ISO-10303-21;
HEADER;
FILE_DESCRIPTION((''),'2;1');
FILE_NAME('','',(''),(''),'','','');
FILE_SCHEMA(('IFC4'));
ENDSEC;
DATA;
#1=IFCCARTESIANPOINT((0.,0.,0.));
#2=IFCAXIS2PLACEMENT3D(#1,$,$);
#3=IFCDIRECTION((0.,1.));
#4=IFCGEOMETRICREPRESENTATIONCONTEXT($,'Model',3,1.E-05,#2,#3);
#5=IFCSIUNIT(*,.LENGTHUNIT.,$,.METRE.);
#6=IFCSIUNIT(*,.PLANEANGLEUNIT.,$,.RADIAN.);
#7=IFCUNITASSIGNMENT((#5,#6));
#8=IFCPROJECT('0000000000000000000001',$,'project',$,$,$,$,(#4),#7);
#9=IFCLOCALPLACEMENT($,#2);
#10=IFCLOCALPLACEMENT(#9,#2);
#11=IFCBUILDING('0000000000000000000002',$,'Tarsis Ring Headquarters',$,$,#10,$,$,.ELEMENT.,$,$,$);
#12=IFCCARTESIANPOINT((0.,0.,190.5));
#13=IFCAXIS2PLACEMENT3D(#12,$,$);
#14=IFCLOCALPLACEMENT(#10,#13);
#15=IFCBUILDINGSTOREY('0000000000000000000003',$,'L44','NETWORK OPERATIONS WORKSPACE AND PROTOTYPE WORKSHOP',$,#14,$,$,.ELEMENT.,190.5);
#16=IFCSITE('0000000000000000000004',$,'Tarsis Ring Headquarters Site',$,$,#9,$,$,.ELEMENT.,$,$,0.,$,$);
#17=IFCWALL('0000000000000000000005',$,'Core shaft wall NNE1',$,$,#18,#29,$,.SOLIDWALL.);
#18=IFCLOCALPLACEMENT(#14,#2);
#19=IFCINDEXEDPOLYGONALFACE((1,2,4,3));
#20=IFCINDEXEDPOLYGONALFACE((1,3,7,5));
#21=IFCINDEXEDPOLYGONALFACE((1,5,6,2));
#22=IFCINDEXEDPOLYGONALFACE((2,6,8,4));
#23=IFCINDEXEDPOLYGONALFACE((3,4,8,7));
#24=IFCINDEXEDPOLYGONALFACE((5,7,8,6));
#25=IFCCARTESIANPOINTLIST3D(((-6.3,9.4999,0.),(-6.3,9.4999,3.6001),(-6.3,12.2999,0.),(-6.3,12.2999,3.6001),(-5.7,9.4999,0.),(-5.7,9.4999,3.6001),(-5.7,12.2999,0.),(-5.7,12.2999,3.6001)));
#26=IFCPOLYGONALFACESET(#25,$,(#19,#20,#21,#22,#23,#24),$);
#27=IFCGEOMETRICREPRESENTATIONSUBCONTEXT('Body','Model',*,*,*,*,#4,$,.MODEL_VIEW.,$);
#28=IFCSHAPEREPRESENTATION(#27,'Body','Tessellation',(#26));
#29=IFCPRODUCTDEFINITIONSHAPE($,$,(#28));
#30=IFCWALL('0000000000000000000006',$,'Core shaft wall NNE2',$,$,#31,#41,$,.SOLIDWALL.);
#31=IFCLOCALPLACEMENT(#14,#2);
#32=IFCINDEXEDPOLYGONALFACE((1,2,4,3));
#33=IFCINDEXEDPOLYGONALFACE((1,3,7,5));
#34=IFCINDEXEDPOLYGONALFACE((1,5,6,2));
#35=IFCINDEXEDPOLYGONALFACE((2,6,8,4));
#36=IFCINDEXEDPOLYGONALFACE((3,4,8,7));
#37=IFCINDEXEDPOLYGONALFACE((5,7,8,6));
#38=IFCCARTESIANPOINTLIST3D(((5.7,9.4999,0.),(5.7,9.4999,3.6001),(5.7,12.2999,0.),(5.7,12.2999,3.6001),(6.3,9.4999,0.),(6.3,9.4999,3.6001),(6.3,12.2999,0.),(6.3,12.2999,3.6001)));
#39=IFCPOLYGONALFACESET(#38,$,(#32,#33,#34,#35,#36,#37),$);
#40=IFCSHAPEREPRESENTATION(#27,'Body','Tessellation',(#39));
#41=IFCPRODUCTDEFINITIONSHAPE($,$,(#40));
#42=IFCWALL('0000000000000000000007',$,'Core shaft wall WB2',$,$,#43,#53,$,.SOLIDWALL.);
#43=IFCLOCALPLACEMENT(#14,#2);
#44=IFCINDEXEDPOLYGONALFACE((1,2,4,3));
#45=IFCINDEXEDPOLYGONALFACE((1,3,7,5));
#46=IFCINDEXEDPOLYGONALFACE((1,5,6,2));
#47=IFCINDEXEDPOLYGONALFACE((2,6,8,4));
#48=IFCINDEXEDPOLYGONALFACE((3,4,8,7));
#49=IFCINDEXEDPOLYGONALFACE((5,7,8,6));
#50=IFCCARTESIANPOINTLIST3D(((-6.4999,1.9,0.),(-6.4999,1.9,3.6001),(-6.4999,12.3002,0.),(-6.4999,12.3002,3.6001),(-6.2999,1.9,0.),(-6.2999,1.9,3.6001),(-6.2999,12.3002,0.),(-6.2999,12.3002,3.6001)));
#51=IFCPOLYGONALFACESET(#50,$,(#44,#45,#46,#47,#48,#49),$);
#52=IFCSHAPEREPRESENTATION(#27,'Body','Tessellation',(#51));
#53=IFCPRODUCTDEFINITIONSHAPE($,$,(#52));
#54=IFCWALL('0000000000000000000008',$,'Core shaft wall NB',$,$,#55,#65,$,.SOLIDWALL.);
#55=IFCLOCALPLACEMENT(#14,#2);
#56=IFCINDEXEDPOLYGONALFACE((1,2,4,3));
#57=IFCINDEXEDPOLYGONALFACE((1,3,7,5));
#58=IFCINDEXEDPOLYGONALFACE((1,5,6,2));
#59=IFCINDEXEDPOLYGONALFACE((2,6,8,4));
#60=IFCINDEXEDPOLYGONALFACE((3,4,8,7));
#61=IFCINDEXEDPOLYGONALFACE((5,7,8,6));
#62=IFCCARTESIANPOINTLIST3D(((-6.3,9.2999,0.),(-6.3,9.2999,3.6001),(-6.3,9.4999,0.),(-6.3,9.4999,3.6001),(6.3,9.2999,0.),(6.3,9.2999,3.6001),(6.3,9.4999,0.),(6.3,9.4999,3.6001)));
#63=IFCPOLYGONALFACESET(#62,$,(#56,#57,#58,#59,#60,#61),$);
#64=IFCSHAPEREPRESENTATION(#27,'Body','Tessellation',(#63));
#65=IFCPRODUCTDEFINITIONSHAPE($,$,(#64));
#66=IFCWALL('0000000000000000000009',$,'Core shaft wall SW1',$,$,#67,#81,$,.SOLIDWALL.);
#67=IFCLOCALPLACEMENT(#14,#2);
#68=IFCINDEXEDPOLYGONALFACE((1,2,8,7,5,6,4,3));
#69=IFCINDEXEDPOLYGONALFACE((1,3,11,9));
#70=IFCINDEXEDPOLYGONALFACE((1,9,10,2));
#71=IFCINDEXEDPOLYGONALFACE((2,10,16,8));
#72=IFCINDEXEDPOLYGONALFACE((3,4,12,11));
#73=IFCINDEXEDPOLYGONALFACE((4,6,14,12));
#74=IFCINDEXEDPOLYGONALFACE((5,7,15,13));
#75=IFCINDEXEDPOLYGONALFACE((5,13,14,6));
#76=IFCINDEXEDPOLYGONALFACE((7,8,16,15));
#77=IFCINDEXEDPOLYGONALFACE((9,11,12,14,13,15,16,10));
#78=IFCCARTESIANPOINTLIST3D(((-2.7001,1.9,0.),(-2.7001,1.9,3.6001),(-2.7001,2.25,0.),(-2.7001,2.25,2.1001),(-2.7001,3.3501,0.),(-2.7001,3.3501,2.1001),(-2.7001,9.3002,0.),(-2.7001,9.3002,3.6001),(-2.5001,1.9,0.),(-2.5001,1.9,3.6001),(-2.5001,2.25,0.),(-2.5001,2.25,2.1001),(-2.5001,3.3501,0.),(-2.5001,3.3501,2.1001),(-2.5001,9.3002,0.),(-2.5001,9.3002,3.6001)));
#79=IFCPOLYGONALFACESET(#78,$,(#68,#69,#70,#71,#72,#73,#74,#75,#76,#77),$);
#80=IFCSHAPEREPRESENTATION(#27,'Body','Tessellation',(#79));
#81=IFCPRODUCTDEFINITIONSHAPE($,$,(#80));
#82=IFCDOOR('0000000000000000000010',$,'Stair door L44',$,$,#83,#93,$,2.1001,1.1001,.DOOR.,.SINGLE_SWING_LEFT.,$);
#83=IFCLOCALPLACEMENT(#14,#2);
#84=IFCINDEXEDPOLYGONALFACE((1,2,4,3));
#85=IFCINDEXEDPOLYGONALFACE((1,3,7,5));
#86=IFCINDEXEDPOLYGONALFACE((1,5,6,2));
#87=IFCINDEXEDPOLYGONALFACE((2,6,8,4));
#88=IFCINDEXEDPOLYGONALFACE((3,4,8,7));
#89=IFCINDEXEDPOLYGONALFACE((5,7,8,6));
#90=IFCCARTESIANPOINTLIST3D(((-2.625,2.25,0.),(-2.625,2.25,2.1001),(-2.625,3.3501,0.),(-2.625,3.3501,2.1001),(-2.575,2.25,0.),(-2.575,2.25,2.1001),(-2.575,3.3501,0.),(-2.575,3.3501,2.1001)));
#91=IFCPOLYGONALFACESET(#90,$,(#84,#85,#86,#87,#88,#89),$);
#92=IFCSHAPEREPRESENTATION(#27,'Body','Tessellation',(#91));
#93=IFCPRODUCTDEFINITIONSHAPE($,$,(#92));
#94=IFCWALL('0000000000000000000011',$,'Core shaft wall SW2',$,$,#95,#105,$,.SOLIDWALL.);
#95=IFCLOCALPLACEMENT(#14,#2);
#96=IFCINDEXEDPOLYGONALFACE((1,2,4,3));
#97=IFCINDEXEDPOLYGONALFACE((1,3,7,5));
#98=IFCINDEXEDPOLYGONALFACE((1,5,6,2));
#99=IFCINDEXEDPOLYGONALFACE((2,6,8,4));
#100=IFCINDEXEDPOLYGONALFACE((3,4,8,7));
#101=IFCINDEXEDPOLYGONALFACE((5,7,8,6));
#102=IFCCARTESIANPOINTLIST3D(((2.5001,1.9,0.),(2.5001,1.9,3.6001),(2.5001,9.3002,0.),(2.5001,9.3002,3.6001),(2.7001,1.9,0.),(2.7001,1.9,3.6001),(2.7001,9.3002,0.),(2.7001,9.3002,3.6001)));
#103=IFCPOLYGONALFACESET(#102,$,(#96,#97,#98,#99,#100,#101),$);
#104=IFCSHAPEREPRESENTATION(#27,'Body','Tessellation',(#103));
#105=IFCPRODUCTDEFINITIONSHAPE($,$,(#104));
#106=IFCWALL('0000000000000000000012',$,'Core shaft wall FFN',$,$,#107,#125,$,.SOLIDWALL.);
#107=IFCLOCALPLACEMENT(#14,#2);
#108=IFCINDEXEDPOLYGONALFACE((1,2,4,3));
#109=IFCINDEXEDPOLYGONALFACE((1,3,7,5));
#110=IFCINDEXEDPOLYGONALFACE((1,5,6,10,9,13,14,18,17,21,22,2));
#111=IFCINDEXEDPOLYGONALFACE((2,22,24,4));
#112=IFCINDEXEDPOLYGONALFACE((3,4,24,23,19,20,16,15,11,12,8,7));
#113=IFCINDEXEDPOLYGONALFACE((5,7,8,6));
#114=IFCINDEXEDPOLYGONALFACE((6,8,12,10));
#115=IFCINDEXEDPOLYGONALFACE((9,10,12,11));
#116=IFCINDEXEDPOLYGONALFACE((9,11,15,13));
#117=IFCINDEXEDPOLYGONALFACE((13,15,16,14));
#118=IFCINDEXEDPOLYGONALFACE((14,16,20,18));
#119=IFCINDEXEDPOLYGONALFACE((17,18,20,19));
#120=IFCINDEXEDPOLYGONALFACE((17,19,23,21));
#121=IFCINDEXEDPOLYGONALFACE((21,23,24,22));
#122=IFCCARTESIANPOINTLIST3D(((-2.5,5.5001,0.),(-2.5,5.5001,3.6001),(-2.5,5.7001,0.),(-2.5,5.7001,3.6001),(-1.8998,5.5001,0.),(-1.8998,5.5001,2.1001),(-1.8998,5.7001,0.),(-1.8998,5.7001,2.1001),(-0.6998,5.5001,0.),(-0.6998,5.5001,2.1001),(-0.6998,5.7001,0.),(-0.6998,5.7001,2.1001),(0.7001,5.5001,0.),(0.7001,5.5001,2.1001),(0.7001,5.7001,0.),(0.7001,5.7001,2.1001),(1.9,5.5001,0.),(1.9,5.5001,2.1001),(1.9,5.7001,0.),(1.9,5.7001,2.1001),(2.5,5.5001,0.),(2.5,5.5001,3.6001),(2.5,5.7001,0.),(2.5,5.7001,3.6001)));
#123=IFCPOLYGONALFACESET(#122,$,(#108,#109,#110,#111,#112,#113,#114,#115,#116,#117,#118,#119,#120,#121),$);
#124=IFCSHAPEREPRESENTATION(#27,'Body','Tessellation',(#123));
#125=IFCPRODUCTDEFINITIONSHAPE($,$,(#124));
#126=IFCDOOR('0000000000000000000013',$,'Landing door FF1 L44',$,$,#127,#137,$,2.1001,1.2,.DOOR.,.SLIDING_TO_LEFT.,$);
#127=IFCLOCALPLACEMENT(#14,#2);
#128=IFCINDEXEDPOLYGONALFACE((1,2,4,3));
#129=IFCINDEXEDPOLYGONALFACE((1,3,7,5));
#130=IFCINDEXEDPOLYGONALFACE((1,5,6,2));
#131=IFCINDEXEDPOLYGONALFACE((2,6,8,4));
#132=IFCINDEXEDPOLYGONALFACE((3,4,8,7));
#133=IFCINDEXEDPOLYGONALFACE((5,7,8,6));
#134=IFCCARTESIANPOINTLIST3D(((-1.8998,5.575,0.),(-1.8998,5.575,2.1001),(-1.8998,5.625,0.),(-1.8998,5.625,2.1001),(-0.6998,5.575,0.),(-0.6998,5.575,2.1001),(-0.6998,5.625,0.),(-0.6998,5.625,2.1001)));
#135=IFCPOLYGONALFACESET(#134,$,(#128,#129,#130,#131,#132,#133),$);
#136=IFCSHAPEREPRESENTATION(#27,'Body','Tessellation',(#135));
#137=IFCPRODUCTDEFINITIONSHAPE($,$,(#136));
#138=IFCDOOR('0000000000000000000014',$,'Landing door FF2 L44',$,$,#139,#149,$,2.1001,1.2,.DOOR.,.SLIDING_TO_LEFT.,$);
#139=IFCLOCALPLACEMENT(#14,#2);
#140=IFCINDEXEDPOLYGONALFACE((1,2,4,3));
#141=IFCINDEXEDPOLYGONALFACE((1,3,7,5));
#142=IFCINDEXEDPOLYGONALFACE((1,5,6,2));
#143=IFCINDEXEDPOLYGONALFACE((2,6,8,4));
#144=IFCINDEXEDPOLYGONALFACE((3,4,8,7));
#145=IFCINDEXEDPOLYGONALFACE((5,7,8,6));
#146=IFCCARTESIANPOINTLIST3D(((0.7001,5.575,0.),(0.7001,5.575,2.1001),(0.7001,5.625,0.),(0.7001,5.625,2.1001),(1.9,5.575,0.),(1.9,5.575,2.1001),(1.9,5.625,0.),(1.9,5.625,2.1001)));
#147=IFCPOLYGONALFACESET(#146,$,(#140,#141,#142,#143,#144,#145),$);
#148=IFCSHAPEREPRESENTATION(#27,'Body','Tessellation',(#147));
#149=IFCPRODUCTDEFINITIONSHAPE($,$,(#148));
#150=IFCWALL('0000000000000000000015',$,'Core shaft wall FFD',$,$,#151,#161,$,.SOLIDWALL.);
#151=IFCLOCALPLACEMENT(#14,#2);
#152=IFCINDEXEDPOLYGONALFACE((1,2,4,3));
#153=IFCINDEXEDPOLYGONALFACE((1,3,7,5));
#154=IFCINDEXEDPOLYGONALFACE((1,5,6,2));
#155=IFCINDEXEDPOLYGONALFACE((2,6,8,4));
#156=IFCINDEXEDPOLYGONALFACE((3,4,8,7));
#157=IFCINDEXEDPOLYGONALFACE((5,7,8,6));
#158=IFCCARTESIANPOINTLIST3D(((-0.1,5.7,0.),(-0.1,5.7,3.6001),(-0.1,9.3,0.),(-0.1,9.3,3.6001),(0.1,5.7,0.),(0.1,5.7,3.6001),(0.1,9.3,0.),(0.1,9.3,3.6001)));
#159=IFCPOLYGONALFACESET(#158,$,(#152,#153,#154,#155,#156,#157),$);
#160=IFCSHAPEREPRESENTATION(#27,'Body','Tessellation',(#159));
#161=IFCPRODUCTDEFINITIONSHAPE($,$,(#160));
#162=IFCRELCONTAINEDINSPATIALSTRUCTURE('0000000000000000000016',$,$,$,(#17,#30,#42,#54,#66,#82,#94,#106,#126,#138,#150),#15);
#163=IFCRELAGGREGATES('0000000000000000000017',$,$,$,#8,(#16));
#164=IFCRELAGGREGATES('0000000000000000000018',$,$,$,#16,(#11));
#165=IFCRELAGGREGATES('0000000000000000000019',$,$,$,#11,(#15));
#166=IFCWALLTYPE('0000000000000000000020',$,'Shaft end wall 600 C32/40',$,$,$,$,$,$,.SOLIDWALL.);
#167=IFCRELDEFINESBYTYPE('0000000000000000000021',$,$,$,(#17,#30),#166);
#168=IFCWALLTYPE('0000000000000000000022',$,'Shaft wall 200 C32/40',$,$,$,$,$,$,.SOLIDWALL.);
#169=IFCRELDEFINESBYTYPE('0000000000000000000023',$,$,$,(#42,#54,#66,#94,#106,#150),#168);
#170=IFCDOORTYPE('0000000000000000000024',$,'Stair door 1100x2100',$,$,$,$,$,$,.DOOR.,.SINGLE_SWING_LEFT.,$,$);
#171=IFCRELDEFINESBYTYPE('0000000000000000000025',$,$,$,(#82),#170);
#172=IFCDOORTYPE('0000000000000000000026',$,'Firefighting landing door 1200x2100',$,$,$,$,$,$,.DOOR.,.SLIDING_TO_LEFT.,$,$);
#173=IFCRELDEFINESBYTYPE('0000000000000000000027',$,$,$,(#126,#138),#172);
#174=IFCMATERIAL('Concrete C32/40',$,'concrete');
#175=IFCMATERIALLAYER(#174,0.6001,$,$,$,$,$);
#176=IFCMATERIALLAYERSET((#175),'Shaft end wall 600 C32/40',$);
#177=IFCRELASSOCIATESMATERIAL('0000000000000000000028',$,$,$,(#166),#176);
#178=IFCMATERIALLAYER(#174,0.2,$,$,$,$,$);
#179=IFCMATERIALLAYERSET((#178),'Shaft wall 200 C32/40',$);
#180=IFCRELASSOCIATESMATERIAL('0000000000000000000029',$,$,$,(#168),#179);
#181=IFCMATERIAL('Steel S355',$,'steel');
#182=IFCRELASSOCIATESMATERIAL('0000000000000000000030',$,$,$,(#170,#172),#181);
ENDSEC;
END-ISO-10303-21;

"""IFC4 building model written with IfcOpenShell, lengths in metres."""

from ifc_helpers import new_model, si_unit, direction, frame, frame_2d, origin, place, context, subcontext, project, spatial, rectangle, extrude, material, layer, layer_set, type_object, element, fill, save


model = new_model("IFC4")

# Units and contexts
model_context = context("Model", 3, precision=1e-05, world=origin(), true_north=direction((0.0, 1.0)))
body_context = subcontext(model_context, "Body", "Model", "MODEL_VIEW")
ifc_project = project(units=[si_unit("LENGTHUNIT", "METRE"), si_unit("PLANEANGLEUNIT", "RADIAN")], contexts=[model_context])

# Site, building, storey
site_placement = place(None, origin())
site = spatial("IfcSite", under=ifc_project, at=site_placement, Name="Tarsis Ring Headquarters Site", CompositionType="ELEMENT", RefElevation=0.0)
building_placement = place(site_placement, origin())
building = spatial("IfcBuilding", under=site, at=building_placement, Name="Tarsis Ring Headquarters", CompositionType="ELEMENT")
storey_placement = place(building_placement, frame((0.0, 0.0, 190.5)))
storey = spatial("IfcBuildingStorey", under=building, at=storey_placement, Name="L44", Description="NETWORK OPERATIONS WORKSPACE AND PROTOTYPE WORKSHOP", CompositionType="ELEMENT", Elevation=190.5)

# Walls
ifc_material_1 = material(Name="Concrete C32/40", Category="concrete")
ifc_layer_1 = layer(ifc_material_1, 0.6001)
ifc_layer_set_1 = layer_set([ifc_layer_1], Name="Shaft end wall 600 C32/40")
wall_type_1 = type_object("IfcWallType", Name="Shaft end wall 600 C32/40", PredefinedType="SOLIDWALL", material=ifc_layer_set_1)
for number, where, z_axis, x_axis, name in (
    (1, (-6.0, 9.5, 0.0), (0.0, 0.0, 1.0), (0.0, 1.0, 0.0), "Core shaft wall NNE1"),
    (2, (6.0, 9.5, 0.0), (0.0, 0.0, 1.0), (0.0, 1.0, 0.0), "Core shaft wall NNE2"),
):
    element("IfcWall", number, at=place(storey_placement, frame(where, z_axis=z_axis, x_axis=x_axis)), inside=storey, type_object=wall_type_1, Name=name, PredefinedType="SOLIDWALL", context=body_context, shape_type="SweptSolid", body=[
        extrude(rectangle(XDim=2.8, YDim=0.6001, at=frame_2d((1.3999, 0.0))), origin(), (0.0, 0.0, 1.0), 3.6001),
    ])
ifc_layer_2 = layer(ifc_material_1, 0.2)
ifc_layer_set_2 = layer_set([ifc_layer_2], Name="Shaft wall 200 C32/40")
wall_type_2 = type_object("IfcWallType", Name="Shaft wall 200 C32/40", PredefinedType="SOLIDWALL", material=ifc_layer_set_2)
wall_1_placement = place(storey_placement, frame((-6.3999, 1.8999, 0.0), z_axis=(0.0, 0.0, 1.0), x_axis=(0.0, 1.0, 0.0)))
element("IfcWall", 3, at=wall_1_placement, inside=storey, type_object=wall_type_2, Name="Core shaft wall WB2", PredefinedType="SOLIDWALL", context=body_context, shape_type="SweptSolid", body=[
    extrude(rectangle(XDim=10.4001, YDim=0.2, at=frame_2d((5.2002, 0.0))), origin(), (0.0, 0.0, 1.0), 3.6001),
])
wall_2_placement = place(storey_placement, frame((-6.3, 9.3999, 0.0), z_axis=(0.0, 0.0, 1.0), x_axis=(1.0, 0.0, 0.0)))
element("IfcWall", 4, at=wall_2_placement, inside=storey, type_object=wall_type_2, Name="Core shaft wall NB", PredefinedType="SOLIDWALL", context=body_context, shape_type="SweptSolid", body=[
    extrude(rectangle(XDim=12.6001, YDim=0.2, at=frame_2d((6.3, 0.0))), origin(), (0.0, 0.0, 1.0), 3.6001),
])

# Wall, opening, door
wall_3_placement = place(storey_placement, frame((-2.6001, 1.8999, 0.0), z_axis=(0.0, 0.0, 1.0), x_axis=(0.0, 1.0, 0.0)))
wall_3 = element("IfcWall", 5, at=wall_3_placement, inside=storey, type_object=wall_type_2, Name="Core shaft wall SW1", PredefinedType="SOLIDWALL", context=body_context, shape_type="SweptSolid", body=[
    extrude(rectangle(XDim=7.4001, YDim=0.2, at=frame_2d((3.7002, 0.0))), origin(), (0.0, 0.0, 1.0), 3.6001),
])
opening_1_placement = place(wall_3_placement, frame((0.3501, 0.0, 0.0)))
opening_1 = element("IfcOpeningElement", 6, at=opening_1_placement, cuts=wall_3, PredefinedType="OPENING", context=body_context, shape_type="SweptSolid", body=[
    extrude(rectangle(XDim=1.1001, YDim=2.1001, at=frame_2d((0.55, 1.05))), frame((0.0, 0.1099, 0.0), z_axis=(0.0, -1.0, 0.0), x_axis=(1.0, 0.0, 0.0)), (0.0, 0.0, 1.0), 0.22),
])
ifc_material_2 = material(Name="Steel S355", Category="steel")
door_type_1 = type_object("IfcDoorType", Name="Stair door 1100x2100", OperationType="SINGLE_SWING_LEFT", PredefinedType="DOOR", material=ifc_material_2)
door_1_placement = place(opening_1_placement, origin())
door_1 = element("IfcDoor", 7, at=door_1_placement, inside=storey, type_object=door_type_1, Name="Stair door L44", OperationType="SINGLE_SWING_LEFT", OverallHeight=2.1001, OverallWidth=1.1001, PredefinedType="DOOR", context=body_context, shape_type="SweptSolid", body=[
    extrude(rectangle(XDim=1.1001, YDim=2.1001, at=frame_2d((0.55, 1.05))), frame((0.0, 0.0249, 0.0), z_axis=(0.0, -1.0, 0.0), x_axis=(1.0, 0.0, 0.0)), (0.0, 0.0, 1.0), 0.05),
])
fill(opening_1, door_1)

# Wall
wall_4_placement = place(storey_placement, frame((2.6001, 1.8999, 0.0), z_axis=(0.0, 0.0, 1.0), x_axis=(0.0, 1.0, 0.0)))
element("IfcWall", 8, at=wall_4_placement, inside=storey, type_object=wall_type_2, Name="Core shaft wall SW2", PredefinedType="SOLIDWALL", context=body_context, shape_type="SweptSolid", body=[
    extrude(rectangle(XDim=7.4001, YDim=0.2, at=frame_2d((3.7002, 0.0))), origin(), (0.0, 0.0, 1.0), 3.6001),
])

# Wall, openings, doors
wall_5_placement = place(storey_placement, frame((-2.5, 5.6001, 0.0), z_axis=(0.0, 0.0, 1.0), x_axis=(1.0, 0.0, 0.0)))
wall_5 = element("IfcWall", 9, at=wall_5_placement, inside=storey, type_object=wall_type_2, Name="Core shaft wall FFN", PredefinedType="SOLIDWALL", context=body_context, shape_type="SweptSolid", body=[
    extrude(rectangle(XDim=5.0, YDim=0.2, at=frame_2d((2.5, 0.0))), origin(), (0.0, 0.0, 1.0), 3.6001),
])
opening_2_placement = place(wall_5_placement, frame((0.6001, 0.0, 0.0)))
opening_2 = element("IfcOpeningElement", 10, at=opening_2_placement, cuts=wall_5, PredefinedType="OPENING", context=body_context, shape_type="SweptSolid", body=[
    extrude(rectangle(XDim=1.2, YDim=2.1001, at=frame_2d((0.6001, 1.05))), frame((0.0, 0.1099, 0.0), z_axis=(0.0, -1.0, 0.0), x_axis=(1.0, 0.0, 0.0)), (0.0, 0.0, 1.0), 0.22),
])
opening_3_placement = place(wall_5_placement, frame((3.2, 0.0, 0.0)))
opening_3 = element("IfcOpeningElement", 11, at=opening_3_placement, cuts=wall_5, PredefinedType="OPENING", context=body_context, shape_type="SweptSolid", body=[
    extrude(rectangle(XDim=1.2, YDim=2.1001, at=frame_2d((0.6001, 1.05))), frame((0.0, 0.1099, 0.0), z_axis=(0.0, -1.0, 0.0), x_axis=(1.0, 0.0, 0.0)), (0.0, 0.0, 1.0), 0.22),
])
door_type_2 = type_object("IfcDoorType", Name="Firefighting landing door 1200x2100", OperationType="SLIDING_TO_LEFT", PredefinedType="DOOR", material=ifc_material_2)
door_2_placement = place(opening_2_placement, origin())
door_2 = element("IfcDoor", 12, at=door_2_placement, inside=storey, type_object=door_type_2, Name="Landing door FF1 L44", OperationType="SLIDING_TO_LEFT", OverallHeight=2.1001, OverallWidth=1.2, PredefinedType="DOOR", context=body_context, shape_type="SweptSolid", body=[
    extrude(rectangle(XDim=1.2, YDim=2.1001, at=frame_2d((0.6001, 1.05))), frame((0.0, 0.0249, 0.0), z_axis=(0.0, -1.0, 0.0), x_axis=(1.0, 0.0, 0.0)), (0.0, 0.0, 1.0), 0.05),
])
fill(opening_2, door_2)
door_3_placement = place(opening_3_placement, origin())
door_3 = element("IfcDoor", 13, at=door_3_placement, inside=storey, type_object=door_type_2, Name="Landing door FF2 L44", OperationType="SLIDING_TO_LEFT", OverallHeight=2.1001, OverallWidth=1.2, PredefinedType="DOOR", context=body_context, shape_type="SweptSolid", body=[
    extrude(rectangle(XDim=1.2, YDim=2.1001, at=frame_2d((0.6001, 1.05))), frame((0.0, 0.0249, 0.0), z_axis=(0.0, -1.0, 0.0), x_axis=(1.0, 0.0, 0.0)), (0.0, 0.0, 1.0), 0.05),
])
fill(opening_3, door_3)

# Wall
wall_6_placement = place(storey_placement, frame((0.0, 5.7, 0.0), z_axis=(0.0, 0.0, 1.0), x_axis=(0.0, 1.0, 0.0)))
element("IfcWall", 14, at=wall_6_placement, inside=storey, type_object=wall_type_2, Name="Core shaft wall FFD", PredefinedType="SOLIDWALL", context=body_context, shape_type="SweptSolid", body=[
    extrude(rectangle(XDim=3.6001, YDim=0.2, at=frame_2d((1.8, 0.0))), origin(), (0.0, 0.0, 1.0), 3.6001),
])

save(model, "model.ifc")
